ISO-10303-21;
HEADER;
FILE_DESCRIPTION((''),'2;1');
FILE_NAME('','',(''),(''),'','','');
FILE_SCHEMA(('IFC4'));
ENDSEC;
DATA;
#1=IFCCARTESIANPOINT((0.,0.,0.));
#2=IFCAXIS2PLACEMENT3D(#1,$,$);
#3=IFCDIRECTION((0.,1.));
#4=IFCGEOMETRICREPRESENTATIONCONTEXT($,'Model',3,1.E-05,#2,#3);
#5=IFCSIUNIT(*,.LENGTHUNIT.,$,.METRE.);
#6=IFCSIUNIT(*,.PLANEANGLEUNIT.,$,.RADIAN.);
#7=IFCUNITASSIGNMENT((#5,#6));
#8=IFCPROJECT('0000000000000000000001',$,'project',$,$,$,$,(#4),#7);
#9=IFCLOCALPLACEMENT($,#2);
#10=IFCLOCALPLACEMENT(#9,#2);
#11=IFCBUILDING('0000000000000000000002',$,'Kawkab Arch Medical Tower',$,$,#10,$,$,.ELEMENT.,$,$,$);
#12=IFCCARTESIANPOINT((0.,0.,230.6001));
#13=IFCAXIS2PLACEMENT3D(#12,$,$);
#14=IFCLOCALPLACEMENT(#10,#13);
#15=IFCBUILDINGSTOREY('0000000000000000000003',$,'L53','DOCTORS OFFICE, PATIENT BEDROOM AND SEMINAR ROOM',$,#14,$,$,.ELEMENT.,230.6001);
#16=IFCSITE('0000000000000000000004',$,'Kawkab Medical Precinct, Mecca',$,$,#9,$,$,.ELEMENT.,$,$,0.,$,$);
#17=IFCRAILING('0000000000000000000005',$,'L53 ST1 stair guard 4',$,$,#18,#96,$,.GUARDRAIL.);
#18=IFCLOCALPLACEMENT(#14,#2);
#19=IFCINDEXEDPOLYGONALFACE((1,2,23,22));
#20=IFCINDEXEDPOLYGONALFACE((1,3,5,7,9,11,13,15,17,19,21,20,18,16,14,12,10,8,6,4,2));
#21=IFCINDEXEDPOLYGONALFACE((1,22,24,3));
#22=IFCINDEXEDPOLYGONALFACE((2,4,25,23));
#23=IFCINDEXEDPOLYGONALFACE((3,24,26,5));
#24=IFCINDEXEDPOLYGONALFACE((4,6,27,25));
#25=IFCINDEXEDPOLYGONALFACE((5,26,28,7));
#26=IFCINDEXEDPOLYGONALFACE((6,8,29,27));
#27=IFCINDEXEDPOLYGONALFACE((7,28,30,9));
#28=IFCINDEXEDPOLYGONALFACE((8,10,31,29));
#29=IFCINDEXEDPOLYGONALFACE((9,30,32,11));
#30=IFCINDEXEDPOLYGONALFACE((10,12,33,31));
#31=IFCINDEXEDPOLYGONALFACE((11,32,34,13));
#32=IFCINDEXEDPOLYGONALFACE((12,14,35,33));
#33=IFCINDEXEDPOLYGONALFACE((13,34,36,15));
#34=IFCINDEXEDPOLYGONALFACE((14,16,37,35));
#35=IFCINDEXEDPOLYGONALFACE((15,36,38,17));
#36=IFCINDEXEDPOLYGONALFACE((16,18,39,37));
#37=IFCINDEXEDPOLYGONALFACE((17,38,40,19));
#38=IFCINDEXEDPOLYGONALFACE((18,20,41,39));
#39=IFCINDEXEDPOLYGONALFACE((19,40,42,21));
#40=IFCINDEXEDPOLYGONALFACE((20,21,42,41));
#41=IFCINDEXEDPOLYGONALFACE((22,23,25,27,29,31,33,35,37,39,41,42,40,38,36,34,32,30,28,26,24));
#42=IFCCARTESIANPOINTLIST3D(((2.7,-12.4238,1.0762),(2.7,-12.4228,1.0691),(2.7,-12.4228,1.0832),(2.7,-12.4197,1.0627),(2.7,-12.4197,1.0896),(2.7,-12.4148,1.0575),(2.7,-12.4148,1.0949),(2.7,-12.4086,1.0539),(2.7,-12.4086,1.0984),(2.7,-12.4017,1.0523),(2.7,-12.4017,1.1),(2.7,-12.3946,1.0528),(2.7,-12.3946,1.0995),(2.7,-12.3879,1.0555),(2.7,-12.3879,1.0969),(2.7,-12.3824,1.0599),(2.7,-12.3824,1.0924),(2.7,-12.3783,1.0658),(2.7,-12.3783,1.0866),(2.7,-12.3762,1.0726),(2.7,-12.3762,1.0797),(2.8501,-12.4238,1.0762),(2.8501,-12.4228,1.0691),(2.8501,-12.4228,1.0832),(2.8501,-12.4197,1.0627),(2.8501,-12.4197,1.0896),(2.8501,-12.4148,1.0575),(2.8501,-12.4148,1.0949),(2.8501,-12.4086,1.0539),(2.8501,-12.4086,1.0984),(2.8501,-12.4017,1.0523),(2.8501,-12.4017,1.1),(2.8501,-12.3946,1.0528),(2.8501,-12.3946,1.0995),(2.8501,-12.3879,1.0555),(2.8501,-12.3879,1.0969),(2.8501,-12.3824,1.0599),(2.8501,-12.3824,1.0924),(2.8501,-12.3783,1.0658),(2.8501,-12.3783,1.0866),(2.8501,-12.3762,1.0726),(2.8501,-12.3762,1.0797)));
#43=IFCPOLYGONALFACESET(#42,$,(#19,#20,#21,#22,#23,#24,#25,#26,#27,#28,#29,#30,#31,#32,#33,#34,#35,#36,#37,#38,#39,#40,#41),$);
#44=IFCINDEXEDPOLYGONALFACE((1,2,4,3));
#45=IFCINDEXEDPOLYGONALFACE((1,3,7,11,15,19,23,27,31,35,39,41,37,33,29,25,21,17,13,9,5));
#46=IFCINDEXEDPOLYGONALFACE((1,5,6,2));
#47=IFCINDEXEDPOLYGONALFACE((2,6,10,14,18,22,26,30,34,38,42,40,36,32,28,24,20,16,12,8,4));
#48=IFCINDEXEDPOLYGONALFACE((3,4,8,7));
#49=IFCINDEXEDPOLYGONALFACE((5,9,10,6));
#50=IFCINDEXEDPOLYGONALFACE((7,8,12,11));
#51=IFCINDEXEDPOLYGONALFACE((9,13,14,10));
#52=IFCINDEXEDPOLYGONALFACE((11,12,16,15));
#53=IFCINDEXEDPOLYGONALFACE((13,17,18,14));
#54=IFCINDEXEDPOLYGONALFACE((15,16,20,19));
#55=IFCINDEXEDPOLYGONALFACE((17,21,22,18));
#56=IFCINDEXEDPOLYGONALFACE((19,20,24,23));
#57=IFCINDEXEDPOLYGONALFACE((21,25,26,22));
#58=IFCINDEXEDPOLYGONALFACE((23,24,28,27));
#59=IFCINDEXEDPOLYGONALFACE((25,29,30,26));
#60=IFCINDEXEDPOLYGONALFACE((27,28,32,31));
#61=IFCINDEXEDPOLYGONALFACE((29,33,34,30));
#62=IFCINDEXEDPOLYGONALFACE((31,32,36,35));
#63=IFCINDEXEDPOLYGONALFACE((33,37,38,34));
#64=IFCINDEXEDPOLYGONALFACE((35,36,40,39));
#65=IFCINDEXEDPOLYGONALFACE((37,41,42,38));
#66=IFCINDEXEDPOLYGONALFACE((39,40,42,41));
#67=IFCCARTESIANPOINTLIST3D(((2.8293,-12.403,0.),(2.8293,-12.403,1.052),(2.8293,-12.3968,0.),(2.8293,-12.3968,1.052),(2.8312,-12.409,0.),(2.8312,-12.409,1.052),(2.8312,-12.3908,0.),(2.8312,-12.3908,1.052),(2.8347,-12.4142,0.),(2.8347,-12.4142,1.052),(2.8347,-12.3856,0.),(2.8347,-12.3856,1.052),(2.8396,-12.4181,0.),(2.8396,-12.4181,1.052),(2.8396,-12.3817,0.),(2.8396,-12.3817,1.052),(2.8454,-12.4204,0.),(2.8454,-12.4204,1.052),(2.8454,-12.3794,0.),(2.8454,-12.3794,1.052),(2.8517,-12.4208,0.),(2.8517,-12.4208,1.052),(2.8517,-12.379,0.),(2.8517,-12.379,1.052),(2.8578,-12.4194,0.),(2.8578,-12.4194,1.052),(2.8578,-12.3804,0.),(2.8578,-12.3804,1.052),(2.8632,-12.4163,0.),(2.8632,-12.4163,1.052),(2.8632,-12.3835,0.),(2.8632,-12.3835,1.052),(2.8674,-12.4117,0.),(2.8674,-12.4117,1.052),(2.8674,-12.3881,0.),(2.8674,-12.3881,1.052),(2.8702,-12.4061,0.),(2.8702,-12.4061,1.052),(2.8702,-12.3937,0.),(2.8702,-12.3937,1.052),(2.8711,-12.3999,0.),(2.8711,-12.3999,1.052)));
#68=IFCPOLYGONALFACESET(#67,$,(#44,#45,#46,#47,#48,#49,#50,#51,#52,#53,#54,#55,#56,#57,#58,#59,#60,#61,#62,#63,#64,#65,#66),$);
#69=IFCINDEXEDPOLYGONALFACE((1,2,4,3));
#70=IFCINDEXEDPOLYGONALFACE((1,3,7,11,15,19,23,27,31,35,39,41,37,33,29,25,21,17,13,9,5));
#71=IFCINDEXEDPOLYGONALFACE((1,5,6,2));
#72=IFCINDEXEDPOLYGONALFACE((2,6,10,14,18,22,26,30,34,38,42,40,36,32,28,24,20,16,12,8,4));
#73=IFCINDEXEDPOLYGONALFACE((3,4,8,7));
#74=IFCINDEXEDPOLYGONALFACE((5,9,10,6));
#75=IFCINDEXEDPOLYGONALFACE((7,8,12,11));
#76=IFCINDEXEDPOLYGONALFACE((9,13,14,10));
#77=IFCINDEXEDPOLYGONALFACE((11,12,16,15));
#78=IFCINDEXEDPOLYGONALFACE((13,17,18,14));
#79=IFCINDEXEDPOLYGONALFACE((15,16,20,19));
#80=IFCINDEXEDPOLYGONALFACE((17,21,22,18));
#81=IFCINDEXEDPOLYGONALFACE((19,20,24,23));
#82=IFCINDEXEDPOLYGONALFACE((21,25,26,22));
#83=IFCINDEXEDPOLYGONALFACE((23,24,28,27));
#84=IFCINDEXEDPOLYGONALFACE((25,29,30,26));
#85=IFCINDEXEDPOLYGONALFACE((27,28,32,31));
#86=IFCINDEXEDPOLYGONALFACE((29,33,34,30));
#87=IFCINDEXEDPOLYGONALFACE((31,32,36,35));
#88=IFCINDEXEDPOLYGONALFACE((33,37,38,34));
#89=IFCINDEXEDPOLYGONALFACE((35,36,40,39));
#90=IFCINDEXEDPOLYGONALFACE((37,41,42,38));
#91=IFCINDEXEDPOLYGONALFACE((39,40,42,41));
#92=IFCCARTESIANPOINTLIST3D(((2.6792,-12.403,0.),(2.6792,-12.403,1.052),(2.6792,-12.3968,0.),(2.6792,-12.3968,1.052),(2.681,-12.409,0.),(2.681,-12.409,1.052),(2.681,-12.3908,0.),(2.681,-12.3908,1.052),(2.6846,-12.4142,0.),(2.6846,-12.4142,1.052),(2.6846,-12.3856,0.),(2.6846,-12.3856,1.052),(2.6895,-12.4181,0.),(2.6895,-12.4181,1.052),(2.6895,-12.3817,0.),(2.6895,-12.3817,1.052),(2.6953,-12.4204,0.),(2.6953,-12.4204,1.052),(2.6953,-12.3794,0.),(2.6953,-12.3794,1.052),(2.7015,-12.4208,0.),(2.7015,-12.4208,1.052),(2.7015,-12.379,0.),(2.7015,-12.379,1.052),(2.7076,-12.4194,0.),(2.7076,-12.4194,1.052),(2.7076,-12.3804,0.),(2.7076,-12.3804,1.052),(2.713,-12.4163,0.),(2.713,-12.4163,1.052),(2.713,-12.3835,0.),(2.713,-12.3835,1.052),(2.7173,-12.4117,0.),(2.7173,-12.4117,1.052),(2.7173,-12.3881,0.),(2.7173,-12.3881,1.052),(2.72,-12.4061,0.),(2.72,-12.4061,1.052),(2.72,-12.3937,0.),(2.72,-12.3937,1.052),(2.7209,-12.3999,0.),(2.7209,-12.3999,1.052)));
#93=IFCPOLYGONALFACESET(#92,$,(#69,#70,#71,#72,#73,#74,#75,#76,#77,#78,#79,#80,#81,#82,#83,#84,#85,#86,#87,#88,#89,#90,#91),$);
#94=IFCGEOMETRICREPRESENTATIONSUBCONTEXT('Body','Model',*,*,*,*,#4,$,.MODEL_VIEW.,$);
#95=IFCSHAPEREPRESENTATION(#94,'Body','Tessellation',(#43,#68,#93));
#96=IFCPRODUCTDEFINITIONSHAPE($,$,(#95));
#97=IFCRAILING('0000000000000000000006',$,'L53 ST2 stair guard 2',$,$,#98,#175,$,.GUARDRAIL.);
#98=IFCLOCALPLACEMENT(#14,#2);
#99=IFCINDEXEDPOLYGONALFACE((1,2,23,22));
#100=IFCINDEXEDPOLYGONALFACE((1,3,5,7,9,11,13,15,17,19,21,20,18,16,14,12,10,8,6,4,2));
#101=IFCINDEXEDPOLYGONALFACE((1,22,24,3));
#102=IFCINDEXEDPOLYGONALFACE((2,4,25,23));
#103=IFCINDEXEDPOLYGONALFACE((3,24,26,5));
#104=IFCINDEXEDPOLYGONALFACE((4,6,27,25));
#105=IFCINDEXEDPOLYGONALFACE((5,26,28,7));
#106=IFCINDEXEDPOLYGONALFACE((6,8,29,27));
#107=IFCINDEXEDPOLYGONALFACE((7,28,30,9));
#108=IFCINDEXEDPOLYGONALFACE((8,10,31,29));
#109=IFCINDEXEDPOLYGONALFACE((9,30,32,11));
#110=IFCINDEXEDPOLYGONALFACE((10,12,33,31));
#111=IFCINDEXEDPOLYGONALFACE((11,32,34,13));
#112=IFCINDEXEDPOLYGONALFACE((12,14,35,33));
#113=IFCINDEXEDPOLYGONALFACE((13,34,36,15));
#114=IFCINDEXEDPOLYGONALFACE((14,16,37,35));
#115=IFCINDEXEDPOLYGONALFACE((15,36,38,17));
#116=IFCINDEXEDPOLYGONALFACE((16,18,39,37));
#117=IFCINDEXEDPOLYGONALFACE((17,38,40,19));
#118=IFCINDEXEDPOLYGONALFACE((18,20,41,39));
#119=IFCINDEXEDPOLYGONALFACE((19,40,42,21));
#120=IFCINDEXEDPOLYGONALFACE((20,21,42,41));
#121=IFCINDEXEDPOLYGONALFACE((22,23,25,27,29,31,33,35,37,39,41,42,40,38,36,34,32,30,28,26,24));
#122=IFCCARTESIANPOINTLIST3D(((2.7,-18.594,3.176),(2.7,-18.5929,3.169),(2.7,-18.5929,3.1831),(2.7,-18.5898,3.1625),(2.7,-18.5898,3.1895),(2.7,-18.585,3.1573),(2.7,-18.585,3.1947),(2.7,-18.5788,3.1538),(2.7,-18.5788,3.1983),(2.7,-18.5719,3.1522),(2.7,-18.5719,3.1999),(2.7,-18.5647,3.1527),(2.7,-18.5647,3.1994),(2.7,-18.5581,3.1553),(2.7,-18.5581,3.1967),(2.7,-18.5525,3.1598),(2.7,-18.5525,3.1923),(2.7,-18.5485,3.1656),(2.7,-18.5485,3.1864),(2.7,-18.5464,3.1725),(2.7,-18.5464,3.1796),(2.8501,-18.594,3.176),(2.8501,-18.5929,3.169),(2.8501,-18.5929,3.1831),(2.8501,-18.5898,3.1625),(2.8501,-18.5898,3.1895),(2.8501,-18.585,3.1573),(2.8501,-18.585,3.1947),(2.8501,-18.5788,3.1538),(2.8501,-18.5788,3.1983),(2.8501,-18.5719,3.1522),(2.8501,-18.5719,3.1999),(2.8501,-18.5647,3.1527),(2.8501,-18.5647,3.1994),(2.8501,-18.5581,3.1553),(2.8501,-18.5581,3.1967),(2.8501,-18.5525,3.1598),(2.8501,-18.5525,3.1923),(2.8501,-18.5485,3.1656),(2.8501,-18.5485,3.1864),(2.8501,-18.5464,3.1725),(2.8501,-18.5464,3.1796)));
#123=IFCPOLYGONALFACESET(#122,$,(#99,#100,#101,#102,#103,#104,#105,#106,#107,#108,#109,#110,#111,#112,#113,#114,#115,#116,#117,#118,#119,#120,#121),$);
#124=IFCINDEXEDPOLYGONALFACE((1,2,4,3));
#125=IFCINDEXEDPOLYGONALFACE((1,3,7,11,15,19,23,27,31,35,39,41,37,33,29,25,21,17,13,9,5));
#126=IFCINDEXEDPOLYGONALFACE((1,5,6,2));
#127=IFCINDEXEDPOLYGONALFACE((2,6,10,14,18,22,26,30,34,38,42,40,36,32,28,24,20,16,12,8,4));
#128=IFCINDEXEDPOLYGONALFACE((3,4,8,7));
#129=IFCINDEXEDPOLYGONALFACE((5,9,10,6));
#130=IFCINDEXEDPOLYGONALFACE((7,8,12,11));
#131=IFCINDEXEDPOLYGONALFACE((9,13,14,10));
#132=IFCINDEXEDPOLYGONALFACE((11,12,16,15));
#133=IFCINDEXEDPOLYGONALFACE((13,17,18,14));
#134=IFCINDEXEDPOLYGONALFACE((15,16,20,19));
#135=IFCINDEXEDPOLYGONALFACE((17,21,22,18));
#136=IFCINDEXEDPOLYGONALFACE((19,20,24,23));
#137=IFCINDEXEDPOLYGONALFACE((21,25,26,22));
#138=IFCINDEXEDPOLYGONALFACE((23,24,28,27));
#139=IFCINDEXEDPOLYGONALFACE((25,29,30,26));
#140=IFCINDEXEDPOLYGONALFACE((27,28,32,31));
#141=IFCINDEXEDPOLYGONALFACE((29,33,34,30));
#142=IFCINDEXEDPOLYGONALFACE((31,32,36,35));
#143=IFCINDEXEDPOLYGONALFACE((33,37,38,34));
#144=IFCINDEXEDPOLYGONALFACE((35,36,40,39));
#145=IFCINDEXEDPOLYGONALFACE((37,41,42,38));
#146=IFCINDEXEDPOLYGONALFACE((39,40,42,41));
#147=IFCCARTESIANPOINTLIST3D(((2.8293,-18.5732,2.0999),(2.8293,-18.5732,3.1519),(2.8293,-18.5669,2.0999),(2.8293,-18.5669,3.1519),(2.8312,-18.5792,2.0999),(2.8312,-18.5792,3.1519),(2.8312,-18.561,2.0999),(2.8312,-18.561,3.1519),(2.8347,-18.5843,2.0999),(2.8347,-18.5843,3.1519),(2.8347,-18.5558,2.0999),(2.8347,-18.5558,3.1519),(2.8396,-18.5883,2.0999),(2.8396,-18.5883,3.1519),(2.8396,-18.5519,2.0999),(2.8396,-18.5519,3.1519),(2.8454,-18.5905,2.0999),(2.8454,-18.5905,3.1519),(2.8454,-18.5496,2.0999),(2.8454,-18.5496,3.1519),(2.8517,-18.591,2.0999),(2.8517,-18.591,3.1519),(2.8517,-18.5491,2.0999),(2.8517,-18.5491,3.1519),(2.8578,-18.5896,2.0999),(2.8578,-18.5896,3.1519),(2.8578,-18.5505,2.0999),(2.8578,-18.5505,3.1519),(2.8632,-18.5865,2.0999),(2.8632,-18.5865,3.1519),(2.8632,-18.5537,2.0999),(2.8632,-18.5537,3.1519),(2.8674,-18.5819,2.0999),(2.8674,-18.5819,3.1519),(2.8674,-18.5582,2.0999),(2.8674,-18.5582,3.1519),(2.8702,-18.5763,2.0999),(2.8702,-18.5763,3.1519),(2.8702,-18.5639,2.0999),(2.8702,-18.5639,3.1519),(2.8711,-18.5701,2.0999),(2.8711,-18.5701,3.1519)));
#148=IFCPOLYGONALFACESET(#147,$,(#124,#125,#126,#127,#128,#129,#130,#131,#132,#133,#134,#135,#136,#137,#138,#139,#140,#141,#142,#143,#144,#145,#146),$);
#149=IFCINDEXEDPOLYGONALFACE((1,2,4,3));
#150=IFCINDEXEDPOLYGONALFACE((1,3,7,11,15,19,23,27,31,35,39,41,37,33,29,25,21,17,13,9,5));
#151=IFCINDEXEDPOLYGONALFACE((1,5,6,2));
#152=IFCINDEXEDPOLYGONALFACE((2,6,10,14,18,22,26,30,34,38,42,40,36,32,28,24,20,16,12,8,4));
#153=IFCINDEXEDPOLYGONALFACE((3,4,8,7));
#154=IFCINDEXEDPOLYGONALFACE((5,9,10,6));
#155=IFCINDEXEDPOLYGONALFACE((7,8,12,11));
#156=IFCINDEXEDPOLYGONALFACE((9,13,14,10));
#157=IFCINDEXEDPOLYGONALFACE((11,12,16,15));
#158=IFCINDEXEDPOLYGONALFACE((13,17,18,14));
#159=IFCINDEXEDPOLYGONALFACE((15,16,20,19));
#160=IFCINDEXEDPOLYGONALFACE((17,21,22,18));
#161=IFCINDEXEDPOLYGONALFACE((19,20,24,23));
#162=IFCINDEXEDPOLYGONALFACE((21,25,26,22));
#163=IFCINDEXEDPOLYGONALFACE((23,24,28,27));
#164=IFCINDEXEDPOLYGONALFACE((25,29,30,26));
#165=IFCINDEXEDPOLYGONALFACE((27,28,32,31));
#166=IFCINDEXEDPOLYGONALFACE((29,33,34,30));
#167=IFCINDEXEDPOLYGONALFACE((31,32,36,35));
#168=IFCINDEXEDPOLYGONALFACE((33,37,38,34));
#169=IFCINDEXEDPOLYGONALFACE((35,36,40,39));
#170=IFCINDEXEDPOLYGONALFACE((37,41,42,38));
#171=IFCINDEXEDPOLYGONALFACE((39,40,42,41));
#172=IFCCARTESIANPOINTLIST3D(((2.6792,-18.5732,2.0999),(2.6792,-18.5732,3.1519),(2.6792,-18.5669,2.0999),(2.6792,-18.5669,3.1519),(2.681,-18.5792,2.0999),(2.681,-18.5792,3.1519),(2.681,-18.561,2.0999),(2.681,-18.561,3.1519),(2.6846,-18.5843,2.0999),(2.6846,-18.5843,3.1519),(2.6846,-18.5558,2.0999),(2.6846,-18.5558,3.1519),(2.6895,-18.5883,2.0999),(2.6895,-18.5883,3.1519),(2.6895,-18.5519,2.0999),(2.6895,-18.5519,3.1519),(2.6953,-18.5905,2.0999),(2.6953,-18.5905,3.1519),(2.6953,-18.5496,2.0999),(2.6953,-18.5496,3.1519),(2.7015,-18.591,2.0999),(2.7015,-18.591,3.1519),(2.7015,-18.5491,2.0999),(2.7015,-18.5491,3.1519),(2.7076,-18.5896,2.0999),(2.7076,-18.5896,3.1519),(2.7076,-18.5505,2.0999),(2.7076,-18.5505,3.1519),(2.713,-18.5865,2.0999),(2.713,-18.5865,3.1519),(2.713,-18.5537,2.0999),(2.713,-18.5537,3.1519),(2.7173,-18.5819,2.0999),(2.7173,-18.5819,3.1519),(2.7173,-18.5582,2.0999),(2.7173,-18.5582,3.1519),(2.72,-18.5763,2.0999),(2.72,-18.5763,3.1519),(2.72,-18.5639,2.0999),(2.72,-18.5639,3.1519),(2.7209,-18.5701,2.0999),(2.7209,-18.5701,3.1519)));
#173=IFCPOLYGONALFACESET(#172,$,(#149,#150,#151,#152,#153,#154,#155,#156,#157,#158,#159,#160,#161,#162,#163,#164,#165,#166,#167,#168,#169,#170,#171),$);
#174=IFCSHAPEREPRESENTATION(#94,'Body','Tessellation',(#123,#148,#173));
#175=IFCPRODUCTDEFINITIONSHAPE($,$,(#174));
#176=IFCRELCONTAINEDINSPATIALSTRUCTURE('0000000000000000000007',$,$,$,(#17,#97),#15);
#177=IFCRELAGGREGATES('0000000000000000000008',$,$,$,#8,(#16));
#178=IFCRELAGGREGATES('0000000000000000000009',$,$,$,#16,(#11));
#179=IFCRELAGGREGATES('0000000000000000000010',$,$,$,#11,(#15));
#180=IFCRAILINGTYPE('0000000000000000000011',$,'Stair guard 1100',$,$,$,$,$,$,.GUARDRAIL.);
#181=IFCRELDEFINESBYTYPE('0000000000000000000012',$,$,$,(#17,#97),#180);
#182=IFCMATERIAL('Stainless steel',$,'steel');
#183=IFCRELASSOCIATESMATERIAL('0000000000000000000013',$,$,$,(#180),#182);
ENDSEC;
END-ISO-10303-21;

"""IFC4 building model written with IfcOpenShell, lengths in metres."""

from ifc_helpers import new_model, si_unit, direction, frame, origin, origin_2d, place, context, subcontext, project, spatial, circle, extrude, material, type_object, element, save


model = new_model("IFC4")

# Units and contexts
model_context = context("Model", 3, precision=1e-05, world=origin(), true_north=direction((0.0, 1.0)))
body_context = subcontext(model_context, "Body", "Model", "MODEL_VIEW")
ifc_project = project(units=[si_unit("LENGTHUNIT", "METRE"), si_unit("PLANEANGLEUNIT", "RADIAN")], contexts=[model_context])

# Site, building, storey
site_placement = place(None, origin())
site = spatial("IfcSite", under=ifc_project, at=site_placement, Name="Kawkab Medical Precinct, Mecca", CompositionType="ELEMENT", RefElevation=0.0)
building_placement = place(site_placement, origin())
building = spatial("IfcBuilding", under=site, at=building_placement, Name="Kawkab Arch Medical Tower", CompositionType="ELEMENT")
storey_placement = place(building_placement, frame((0.0, 0.0, 230.6001)))
storey = spatial("IfcBuildingStorey", under=building, at=storey_placement, Name="L53", Description="DOCTORS OFFICE, PATIENT BEDROOM AND SEMINAR ROOM", CompositionType="ELEMENT", Elevation=230.6001)

# Railings
ifc_material_1 = material(Name="Stainless steel", Category="steel")
railing_type = type_object("IfcRailingType", Name="Stair guard 1100", PredefinedType="GUARDRAIL", material=ifc_material_1)
for number, where, name in (
    (1, (2.8501, -12.3999, 0.0), "L53 ST1 stair guard 4"),
    (2, (2.8501, -18.5701, 2.0999), "L53 ST2 stair guard 2"),
):
    element("IfcRailing", number, at=place(storey_placement, frame(where)), inside=storey, type_object=railing_type, Name=name, PredefinedType="GUARDRAIL", context=body_context, shape_type="SweptSolid", body=[
        extrude(circle(Radius=0.0239, at=origin_2d()), frame((0.0, 0.0, 1.0762), z_axis=(-1.0, 0.0, 0.0), x_axis=(0.0, -1.0, 0.0)), (0.0, 0.0, 1.0), 0.1501),
        extrude(circle(Radius=0.021, at=origin_2d()), origin(), (0.0, 0.0, 1.0), 1.052),
        extrude(circle(Radius=0.021, at=origin_2d()), frame((-0.1501, 0.0, 0.0)), (0.0, 0.0, 1.0), 1.052),
    ])

save(model, "model.ifc")
